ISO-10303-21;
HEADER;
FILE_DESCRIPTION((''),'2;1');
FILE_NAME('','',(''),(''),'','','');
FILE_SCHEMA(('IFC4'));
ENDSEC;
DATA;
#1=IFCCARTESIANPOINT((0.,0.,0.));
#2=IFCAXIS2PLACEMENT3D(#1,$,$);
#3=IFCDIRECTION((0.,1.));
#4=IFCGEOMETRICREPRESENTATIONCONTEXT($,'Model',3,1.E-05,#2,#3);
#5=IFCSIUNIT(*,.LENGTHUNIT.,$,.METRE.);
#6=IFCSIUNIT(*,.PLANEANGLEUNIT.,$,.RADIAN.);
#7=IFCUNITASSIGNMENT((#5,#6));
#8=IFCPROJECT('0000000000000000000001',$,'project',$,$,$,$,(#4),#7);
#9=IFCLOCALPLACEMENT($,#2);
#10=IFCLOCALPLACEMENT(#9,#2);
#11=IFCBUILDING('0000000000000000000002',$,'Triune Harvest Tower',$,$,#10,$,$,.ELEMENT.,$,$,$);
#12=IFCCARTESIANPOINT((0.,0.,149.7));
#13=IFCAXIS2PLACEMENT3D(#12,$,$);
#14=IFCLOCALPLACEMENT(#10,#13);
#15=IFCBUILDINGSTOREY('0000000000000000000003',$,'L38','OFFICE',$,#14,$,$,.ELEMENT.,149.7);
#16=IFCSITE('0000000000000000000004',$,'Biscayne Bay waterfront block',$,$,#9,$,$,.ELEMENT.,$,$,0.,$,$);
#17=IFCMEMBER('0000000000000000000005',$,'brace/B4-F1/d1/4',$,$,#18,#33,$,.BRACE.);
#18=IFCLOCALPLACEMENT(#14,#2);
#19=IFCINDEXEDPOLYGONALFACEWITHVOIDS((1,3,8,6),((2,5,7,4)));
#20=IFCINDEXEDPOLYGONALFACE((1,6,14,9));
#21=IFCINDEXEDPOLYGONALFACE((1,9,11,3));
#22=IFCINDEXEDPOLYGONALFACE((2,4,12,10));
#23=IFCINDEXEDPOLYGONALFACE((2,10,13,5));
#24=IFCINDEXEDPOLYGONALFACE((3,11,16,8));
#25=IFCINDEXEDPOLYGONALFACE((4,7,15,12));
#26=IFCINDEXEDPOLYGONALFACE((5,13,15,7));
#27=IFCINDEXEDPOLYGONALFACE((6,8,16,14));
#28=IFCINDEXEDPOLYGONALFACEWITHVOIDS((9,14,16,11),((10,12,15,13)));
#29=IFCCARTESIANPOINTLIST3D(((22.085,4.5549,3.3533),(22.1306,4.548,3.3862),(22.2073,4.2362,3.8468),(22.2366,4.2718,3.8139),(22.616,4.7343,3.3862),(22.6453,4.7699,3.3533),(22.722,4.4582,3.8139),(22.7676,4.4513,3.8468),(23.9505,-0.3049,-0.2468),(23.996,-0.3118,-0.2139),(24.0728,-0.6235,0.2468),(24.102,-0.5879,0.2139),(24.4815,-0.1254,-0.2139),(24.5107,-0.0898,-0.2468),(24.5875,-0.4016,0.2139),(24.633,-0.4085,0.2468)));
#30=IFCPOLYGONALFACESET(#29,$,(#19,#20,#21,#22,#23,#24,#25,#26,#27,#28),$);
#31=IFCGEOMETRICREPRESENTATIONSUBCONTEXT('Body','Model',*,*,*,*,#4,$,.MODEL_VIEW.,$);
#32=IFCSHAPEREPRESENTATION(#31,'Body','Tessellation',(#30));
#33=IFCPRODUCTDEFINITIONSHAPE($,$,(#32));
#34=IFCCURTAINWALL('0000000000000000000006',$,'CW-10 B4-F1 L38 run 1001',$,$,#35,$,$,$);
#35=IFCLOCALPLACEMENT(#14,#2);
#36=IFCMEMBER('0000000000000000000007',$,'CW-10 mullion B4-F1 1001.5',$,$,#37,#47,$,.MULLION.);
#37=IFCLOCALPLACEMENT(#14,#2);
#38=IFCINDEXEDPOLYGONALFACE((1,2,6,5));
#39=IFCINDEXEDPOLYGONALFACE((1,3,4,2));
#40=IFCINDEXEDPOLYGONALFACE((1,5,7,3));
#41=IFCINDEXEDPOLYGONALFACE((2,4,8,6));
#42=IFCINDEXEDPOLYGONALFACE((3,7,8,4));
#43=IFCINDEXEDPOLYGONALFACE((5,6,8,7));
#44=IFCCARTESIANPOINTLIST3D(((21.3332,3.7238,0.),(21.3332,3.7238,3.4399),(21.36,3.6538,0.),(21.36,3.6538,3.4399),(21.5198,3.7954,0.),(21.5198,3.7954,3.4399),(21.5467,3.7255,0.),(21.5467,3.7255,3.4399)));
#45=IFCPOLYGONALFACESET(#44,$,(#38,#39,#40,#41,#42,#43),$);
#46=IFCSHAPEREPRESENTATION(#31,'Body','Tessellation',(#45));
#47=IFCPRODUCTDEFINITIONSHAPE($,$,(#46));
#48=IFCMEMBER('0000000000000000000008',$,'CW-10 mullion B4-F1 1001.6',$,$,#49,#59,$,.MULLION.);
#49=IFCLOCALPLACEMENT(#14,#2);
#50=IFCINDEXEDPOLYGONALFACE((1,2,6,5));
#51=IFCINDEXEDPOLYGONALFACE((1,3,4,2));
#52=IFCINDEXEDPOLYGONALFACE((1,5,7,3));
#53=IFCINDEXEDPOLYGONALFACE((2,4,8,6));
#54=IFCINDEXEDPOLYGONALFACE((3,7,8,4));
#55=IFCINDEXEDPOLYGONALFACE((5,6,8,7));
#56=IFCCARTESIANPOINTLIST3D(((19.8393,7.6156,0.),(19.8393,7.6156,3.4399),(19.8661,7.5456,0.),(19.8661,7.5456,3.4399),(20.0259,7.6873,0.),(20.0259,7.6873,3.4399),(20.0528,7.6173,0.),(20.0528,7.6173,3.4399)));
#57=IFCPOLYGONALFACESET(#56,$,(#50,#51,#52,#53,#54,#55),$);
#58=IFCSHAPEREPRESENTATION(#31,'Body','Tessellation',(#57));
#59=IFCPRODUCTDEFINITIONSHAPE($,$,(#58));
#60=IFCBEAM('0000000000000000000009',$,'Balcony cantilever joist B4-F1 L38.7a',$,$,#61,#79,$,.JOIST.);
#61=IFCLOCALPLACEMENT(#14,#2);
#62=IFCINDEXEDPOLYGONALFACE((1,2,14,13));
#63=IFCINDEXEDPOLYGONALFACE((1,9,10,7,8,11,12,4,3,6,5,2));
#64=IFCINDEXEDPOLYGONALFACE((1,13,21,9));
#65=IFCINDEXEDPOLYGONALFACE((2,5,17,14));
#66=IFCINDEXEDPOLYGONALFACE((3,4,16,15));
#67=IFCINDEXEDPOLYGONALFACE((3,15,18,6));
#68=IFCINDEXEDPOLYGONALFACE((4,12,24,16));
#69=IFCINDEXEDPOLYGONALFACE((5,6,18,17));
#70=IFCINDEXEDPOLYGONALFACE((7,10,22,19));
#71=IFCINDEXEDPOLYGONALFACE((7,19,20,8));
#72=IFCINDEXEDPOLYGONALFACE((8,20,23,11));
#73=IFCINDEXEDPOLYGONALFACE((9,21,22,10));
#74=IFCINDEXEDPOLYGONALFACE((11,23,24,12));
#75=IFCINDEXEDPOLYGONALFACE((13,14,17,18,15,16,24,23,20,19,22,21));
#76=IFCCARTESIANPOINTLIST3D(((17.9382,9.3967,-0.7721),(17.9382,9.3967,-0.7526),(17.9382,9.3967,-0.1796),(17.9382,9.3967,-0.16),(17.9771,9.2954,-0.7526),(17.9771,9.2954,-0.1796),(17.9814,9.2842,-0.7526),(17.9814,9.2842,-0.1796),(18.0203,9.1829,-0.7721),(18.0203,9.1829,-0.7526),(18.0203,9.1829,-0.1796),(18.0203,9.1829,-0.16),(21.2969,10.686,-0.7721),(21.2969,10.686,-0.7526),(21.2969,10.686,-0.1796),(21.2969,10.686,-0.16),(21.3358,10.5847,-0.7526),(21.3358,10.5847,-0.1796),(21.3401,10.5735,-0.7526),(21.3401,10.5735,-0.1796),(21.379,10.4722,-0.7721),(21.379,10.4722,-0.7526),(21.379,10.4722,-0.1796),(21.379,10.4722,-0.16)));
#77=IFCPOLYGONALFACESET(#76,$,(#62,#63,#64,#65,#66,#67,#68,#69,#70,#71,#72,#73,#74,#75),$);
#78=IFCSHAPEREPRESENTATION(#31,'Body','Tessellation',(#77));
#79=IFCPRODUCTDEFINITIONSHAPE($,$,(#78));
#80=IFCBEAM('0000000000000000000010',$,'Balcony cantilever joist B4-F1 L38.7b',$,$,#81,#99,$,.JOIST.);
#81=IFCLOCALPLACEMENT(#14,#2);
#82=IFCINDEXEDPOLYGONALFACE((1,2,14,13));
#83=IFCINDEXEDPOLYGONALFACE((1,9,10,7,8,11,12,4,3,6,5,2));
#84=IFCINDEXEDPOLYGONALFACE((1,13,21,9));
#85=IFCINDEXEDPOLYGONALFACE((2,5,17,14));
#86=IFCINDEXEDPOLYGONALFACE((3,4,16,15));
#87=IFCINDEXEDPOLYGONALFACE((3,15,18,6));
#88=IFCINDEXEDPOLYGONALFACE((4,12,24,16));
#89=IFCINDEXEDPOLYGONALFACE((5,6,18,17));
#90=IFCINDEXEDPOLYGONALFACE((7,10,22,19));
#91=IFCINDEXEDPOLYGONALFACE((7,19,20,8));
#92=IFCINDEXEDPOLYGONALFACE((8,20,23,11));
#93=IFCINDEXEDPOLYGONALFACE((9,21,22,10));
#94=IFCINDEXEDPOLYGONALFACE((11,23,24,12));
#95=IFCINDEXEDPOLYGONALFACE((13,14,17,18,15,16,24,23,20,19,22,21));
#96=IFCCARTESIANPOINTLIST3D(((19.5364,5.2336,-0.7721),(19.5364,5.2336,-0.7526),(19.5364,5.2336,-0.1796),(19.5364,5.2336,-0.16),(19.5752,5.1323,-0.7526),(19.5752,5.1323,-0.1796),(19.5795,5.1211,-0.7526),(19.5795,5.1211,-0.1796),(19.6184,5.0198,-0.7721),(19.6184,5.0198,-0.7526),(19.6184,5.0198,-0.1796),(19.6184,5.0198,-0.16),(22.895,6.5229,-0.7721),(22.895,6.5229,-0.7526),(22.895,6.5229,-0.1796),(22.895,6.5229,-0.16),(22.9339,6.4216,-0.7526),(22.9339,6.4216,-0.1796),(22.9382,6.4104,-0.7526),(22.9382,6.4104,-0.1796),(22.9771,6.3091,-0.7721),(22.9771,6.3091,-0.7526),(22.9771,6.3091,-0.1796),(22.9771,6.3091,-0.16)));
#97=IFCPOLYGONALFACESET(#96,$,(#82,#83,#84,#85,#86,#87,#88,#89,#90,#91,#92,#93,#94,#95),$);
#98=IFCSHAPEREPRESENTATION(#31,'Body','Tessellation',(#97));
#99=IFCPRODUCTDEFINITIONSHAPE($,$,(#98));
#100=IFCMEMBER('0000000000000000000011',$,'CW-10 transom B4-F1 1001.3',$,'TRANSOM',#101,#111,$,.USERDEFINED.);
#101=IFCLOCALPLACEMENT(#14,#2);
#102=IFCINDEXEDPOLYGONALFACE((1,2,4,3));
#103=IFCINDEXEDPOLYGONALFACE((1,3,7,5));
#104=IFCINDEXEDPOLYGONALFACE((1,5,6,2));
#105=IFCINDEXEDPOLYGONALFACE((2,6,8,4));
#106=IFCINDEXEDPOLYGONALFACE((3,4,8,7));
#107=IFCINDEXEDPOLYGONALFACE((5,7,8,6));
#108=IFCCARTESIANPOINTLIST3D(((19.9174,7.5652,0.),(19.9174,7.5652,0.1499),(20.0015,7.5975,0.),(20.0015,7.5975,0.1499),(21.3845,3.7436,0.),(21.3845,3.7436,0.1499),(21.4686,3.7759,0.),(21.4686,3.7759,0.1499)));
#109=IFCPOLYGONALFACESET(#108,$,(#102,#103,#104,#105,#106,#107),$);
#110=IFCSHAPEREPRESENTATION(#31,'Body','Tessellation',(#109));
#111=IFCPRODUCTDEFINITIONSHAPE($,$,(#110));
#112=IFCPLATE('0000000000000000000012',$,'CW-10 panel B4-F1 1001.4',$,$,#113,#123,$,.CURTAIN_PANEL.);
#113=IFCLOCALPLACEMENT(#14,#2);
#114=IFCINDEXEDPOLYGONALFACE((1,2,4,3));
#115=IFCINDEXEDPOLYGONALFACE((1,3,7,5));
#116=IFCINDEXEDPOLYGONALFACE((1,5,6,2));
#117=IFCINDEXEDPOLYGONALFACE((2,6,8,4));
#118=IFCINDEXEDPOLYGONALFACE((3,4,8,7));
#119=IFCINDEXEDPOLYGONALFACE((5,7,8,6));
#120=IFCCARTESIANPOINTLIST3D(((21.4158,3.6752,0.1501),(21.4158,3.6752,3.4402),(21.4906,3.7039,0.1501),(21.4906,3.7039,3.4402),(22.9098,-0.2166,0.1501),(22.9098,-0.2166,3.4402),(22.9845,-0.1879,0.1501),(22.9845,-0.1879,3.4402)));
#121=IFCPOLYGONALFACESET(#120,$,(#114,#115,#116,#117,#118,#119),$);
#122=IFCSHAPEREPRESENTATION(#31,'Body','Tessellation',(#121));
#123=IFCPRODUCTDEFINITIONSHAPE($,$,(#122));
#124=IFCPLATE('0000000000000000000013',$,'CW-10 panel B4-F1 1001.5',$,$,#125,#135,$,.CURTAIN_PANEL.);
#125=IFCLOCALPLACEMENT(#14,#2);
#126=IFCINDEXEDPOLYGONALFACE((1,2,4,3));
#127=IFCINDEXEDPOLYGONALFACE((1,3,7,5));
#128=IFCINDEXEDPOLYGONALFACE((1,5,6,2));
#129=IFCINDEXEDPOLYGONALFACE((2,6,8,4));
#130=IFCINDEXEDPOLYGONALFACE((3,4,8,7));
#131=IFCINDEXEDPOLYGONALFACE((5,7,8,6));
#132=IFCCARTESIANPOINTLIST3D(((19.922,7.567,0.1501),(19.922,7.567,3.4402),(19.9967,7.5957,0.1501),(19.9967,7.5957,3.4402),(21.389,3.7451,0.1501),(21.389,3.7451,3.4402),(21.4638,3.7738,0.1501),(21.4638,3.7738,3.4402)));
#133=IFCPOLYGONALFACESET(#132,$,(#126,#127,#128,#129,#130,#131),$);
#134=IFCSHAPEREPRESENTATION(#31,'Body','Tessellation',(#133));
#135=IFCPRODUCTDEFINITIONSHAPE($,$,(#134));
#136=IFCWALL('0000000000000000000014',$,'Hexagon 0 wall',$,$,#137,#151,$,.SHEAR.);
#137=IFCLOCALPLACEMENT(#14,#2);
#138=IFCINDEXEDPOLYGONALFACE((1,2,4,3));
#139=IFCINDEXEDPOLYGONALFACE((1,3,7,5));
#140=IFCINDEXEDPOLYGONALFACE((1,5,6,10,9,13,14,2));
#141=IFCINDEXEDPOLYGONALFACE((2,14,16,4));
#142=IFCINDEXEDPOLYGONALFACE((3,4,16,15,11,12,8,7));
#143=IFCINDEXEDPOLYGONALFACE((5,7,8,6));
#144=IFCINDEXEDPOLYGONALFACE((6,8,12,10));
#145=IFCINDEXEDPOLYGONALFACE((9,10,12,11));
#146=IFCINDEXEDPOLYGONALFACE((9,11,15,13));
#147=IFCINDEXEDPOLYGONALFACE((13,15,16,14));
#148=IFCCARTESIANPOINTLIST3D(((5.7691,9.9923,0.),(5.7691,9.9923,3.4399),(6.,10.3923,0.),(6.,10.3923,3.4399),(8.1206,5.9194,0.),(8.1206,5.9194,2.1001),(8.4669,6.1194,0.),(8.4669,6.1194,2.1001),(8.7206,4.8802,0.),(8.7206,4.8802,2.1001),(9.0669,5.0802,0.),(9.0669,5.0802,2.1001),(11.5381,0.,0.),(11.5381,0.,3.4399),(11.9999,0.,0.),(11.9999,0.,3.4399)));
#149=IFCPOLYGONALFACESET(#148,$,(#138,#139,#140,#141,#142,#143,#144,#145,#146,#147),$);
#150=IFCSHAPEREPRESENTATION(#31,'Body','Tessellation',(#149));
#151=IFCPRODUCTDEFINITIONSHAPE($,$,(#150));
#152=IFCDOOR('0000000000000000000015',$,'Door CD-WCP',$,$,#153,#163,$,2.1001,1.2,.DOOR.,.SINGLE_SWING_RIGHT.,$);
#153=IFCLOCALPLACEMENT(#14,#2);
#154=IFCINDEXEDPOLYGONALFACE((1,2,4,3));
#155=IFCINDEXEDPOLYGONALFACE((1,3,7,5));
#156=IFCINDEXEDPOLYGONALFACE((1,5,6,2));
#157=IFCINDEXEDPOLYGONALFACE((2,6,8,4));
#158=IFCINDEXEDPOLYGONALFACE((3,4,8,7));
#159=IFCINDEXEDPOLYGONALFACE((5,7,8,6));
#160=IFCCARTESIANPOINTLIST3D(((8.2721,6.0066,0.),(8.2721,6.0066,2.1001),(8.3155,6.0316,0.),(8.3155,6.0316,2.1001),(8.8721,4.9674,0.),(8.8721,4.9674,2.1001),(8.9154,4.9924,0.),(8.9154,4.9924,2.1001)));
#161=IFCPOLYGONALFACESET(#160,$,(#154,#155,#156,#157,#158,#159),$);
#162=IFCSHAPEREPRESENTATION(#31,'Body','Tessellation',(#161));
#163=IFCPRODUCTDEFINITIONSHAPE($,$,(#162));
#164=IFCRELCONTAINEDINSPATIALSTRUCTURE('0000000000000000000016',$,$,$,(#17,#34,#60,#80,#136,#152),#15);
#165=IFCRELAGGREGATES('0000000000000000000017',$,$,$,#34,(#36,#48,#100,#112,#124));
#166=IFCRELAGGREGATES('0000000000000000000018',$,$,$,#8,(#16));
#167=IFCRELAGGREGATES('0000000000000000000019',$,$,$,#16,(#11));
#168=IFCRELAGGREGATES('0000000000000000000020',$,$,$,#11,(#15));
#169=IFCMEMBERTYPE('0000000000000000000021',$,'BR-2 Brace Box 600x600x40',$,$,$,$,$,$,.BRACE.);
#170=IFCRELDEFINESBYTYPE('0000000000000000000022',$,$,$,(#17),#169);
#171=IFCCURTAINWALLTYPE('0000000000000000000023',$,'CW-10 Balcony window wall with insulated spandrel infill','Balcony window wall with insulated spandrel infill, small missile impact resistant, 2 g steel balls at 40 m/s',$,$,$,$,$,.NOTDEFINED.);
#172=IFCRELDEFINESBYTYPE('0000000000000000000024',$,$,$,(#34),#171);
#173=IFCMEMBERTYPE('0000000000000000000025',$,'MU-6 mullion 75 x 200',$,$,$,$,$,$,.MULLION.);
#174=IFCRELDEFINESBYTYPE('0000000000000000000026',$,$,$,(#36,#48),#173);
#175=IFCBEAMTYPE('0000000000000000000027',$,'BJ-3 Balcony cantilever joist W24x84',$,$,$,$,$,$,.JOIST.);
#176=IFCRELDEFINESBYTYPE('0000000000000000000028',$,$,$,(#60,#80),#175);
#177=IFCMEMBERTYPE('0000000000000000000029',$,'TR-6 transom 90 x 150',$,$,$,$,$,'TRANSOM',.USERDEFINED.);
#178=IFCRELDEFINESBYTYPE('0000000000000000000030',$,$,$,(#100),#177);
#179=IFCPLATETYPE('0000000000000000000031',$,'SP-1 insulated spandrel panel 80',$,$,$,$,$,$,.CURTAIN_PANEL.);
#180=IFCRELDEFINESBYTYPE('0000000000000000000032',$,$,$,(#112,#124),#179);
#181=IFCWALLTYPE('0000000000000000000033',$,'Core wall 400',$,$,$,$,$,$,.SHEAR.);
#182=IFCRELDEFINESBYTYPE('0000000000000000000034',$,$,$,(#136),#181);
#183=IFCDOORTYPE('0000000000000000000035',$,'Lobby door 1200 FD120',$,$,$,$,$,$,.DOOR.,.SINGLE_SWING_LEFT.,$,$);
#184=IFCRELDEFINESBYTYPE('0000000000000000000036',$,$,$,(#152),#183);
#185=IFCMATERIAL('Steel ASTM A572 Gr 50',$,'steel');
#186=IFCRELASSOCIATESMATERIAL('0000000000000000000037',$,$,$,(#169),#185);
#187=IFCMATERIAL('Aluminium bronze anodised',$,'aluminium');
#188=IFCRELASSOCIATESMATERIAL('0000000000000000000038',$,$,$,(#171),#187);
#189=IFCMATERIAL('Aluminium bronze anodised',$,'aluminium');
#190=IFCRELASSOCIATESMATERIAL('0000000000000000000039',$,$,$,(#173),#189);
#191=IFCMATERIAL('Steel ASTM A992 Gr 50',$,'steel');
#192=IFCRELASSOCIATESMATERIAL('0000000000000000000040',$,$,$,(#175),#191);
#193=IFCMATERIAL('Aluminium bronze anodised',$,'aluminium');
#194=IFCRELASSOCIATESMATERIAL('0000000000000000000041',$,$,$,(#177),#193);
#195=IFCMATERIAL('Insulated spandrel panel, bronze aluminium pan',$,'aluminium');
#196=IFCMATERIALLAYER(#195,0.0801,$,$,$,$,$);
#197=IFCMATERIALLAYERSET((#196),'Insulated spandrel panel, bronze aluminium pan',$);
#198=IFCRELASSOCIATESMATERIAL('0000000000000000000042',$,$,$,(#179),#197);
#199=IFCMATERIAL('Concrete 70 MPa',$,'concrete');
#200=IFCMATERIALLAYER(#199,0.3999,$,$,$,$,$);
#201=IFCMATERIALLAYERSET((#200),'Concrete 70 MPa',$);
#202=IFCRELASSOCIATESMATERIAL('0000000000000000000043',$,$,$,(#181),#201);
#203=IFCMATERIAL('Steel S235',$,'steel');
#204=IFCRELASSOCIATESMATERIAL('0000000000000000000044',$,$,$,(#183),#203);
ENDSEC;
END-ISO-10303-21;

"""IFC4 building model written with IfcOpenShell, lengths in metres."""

from ifc_helpers import new_model, si_unit, direction, frame, frame_2d, origin, origin_2d, place, context, subcontext, project, spatial, polyline, rectangle, hollow_rectangle, i_section, outline, extrude, source, transform, mapped, material, layer, layer_set, material_profile, profile_set, type_object, element, fill, aggregate, save


model = new_model("IFC4")

# Units and contexts
model_context = context("Model", 3, precision=1e-05, world=origin(), true_north=direction((0.0, 1.0)))
body_context = subcontext(model_context, "Body", "Model", "MODEL_VIEW")
ifc_project = project(units=[si_unit("LENGTHUNIT", "METRE"), si_unit("PLANEANGLEUNIT", "RADIAN")], contexts=[model_context])

# Site, building, storey
site_placement = place(None, origin())
site = spatial("IfcSite", under=ifc_project, at=site_placement, Name="Biscayne Bay waterfront block", CompositionType="ELEMENT", RefElevation=0.0)
building_placement = place(site_placement, origin())
building = spatial("IfcBuilding", under=site, at=building_placement, Name="Triune Harvest Tower", CompositionType="ELEMENT")
storey_placement = place(building_placement, frame((0.0, 0.0, 149.7)))
storey = spatial("IfcBuildingStorey", under=building, at=storey_placement, Name="L38", Description="OFFICE", CompositionType="ELEMENT", Elevation=149.7)

# Member
ifc_material_1 = material(Name="Steel ASTM A572 Gr 50", Category="steel")
ifc_material_profile_1 = material_profile(ifc_material_1, hollow_rectangle(XDim=0.6001, YDim=0.6001, WallThickness=0.04, at=origin_2d()), Name="Box 600x600x40")
ifc_profile_set_1 = profile_set([ifc_material_profile_1], Name="Steel ASTM A572 Gr 50")
member_type_1 = type_object("IfcMemberType", Name="BR-2 Brace Box 600x600x40", PredefinedType="BRACE", material=ifc_profile_set_1)
shared_shape_1 = source(origin(), body_context, "Body", "SweptSolid", [
    extrude(hollow_rectangle(XDim=0.6001, YDim=0.6001, WallThickness=0.04, at=origin_2d()), origin(), (0.0, 0.0, 1.0), 6.3291),
])
member_1_placement = place(storey_placement, frame((24.2917, -0.3567, 0.0), z_axis=(-0.294741, 0.767846, 0.568806), x_axis=(-0.933584, -0.35836, 0.0)))
element("IfcMember", 1, at=member_1_placement, inside=storey, type_object=member_type_1, Name="brace/B4-F1/d1/4", PredefinedType="BRACE", context=body_context, shape_type="MappedRepresentation", body=[
    mapped(shared_shape_1, transform((0.0, 0.0, 0.0), scale=1.0)),
])

# Curtain wall, members
ifc_material_2 = material(Name="Aluminium bronze anodised", Category="aluminium")
curtain_wall_type = type_object("IfcCurtainWallType", Name="CW-10 Balcony window wall with insulated spandrel infill", Description="Balcony window wall with insulated spandrel infill, small missile impact resistant, 2 g steel balls at 40 m/s", PredefinedType="NOTDEFINED", material=ifc_material_2)
curtain_wall_placement = place(storey_placement, origin())
curtain_wall = element("IfcCurtainWall", 2, at=curtain_wall_placement, inside=storey, type_object=curtain_wall_type, Name="CW-10 B4-F1 L38 run 1001")
ifc_material_3 = material(Name="Aluminium bronze anodised", Category="aluminium")
ifc_material_profile_2 = material_profile(ifc_material_3, rectangle(XDim=0.2, YDim=0.075, at=origin_2d()), Name="MU-6 mullion 75 x 200")
ifc_profile_set_2 = profile_set([ifc_material_profile_2], Name="Aluminium bronze anodised")
member_type_2 = type_object("IfcMemberType", Name="MU-6 mullion 75 x 200", PredefinedType="MULLION", material=ifc_profile_set_2)
shared_shape_2 = source(origin(), body_context, "Body", "SweptSolid", [
    extrude(rectangle(XDim=0.2, YDim=0.075, at=origin_2d()), origin(), (0.0, 0.0, 1.0), 3.4399),
])
member_2_placement = place(storey_placement, frame((21.4399, 3.7246, 0.0), z_axis=(0.0, 0.0, 1.0), x_axis=(-0.93358, -0.35837, 0.0)))
member_2 = element("IfcMember", 3, at=member_2_placement, type_object=member_type_2, Name="CW-10 mullion B4-F1 1001.5", PredefinedType="MULLION", context=body_context, shape_type="MappedRepresentation", body=[
    mapped(shared_shape_2, transform((0.0, 0.0, 0.0), scale=1.0)),
])
member_3_placement = place(storey_placement, frame((19.946, 7.6165, 0.0), z_axis=(0.0, 0.0, 1.0), x_axis=(-0.93358, -0.35837, 0.0)))
member_3 = element("IfcMember", 4, at=member_3_placement, type_object=member_type_2, Name="CW-10 mullion B4-F1 1001.6", PredefinedType="MULLION", context=body_context, shape_type="MappedRepresentation", body=[
    mapped(shared_shape_2, transform((0.0, 0.0, 0.0), scale=1.0)),
])

# Beams
ifc_material_4 = material(Name="Steel ASTM A992 Gr 50", Category="steel")
ifc_material_profile_3 = material_profile(ifc_material_4, i_section(OverallWidth=0.229, OverallDepth=0.6121, WebThickness=0.012, FlangeThickness=0.0195, at=origin_2d()), Name="W24x84")
ifc_profile_set_3 = profile_set([ifc_material_profile_3], Name="Steel ASTM A992 Gr 50")
beam_type_1 = type_object("IfcBeamType", Name="BJ-3 Balcony cantilever joist W24x84", PredefinedType="JOIST", material=ifc_profile_set_3)
shared_shape_3 = source(origin(), body_context, "Body", "SweptSolid", [
    extrude(i_section(OverallWidth=0.229, OverallDepth=0.6121, WebThickness=0.012, FlangeThickness=0.0195, at=origin_2d()), origin(), (0.0, 0.0, 1.0), 3.5977),
])
for number, where, z_axis, x_axis, name in (
    (5, (17.9792, 9.2898, -0.4661), (0.933576, 0.358379, 0.0), (-0.358379, 0.933576, 0.0), "Balcony cantilever joist B4-F1 L38.7a"),
    (6, (19.5774, 5.1267, -0.4661), (0.933576, 0.358379, 0.0), (-0.358379, 0.933576, 0.0), "Balcony cantilever joist B4-F1 L38.7b"),
):
    element("IfcBeam", number, at=place(storey_placement, frame(where, z_axis=z_axis, x_axis=x_axis)), inside=storey, type_object=beam_type_1, Name=name, PredefinedType="JOIST", context=body_context, shape_type="MappedRepresentation", body=[
        mapped(shared_shape_3, transform((0.0, 0.0, 0.0), scale=1.0)),
    ])

# Member
ifc_material_5 = material(Name="Aluminium bronze anodised", Category="aluminium")
ifc_material_profile_4 = material_profile(ifc_material_5, rectangle(XDim=0.0901, YDim=0.1499, at=origin_2d()), Name="TR-6 transom 90 x 150")
ifc_profile_set_4 = profile_set([ifc_material_profile_4], Name="Aluminium bronze anodised")
member_type_3 = type_object("IfcMemberType", Name="TR-6 transom 90 x 150", ElementType="TRANSOM", PredefinedType="USERDEFINED", material=ifc_profile_set_4)
shared_shape_4 = source(origin(), body_context, "Body", "SweptSolid", [
    extrude(rectangle(XDim=0.0901, YDim=0.1499, at=origin_2d()), origin(), (0.0, 0.0, 1.0), 4.0935),
])
member_4_placement = place(storey_placement, frame((21.4265, 3.7598, 0.075), z_axis=(-0.358388, 0.933573, 0.0), x_axis=(-0.933573, -0.358388, 0.0)))
member_4 = element("IfcMember", 7, at=member_4_placement, type_object=member_type_3, Name="CW-10 transom B4-F1 1001.3", ObjectType="TRANSOM", PredefinedType="USERDEFINED", context=body_context, shape_type="MappedRepresentation", body=[
    mapped(shared_shape_4, transform((0.0, 0.0, 0.0), scale=1.0)),
])

# Plates
ifc_material_6 = material(Name="Insulated spandrel panel, bronze aluminium pan", Category="aluminium")
ifc_layer_1 = layer(ifc_material_6, 0.0801)
ifc_layer_set_1 = layer_set([ifc_layer_1], Name="Insulated spandrel panel, bronze aluminium pan")
plate_type = type_object("IfcPlateType", Name="SP-1 insulated spandrel panel 80", PredefinedType="CURTAIN_PANEL", material=ifc_layer_set_1)
shared_shape_5 = source(origin(), body_context, "Body", "SweptSolid", [
    extrude(rectangle(XDim=4.1687, YDim=0.0801, at=origin_2d()), origin(), (0.0, 0.0, 1.0), 3.29),
])
plate_1_placement = place(storey_placement, frame((22.2002, 1.7437, 0.1501), z_axis=(0.0, 0.0, 1.0), x_axis=(-0.35837, 0.93358, 0.0)))
plate_1 = element("IfcPlate", 8, at=plate_1_placement, type_object=plate_type, Name="CW-10 panel B4-F1 1001.4", PredefinedType="CURTAIN_PANEL", context=body_context, shape_type="MappedRepresentation", body=[
    mapped(shared_shape_5, transform((0.0, 0.0, 0.0), scale=1.0)),
])
shared_shape_6 = source(origin(), body_context, "Body", "SweptSolid", [
    extrude(rectangle(XDim=4.0938, YDim=0.0801, at=origin_2d()), origin(), (0.0, 0.0, 1.0), 3.29),
])
plate_2_placement = place(storey_placement, frame((20.6929, 5.6704, 0.1501), z_axis=(0.0, 0.0, 1.0), x_axis=(-0.35837, 0.93358, 0.0)))
plate_2 = element("IfcPlate", 9, at=plate_2_placement, type_object=plate_type, Name="CW-10 panel B4-F1 1001.5", PredefinedType="CURTAIN_PANEL", context=body_context, shape_type="MappedRepresentation", body=[
    mapped(shared_shape_6, transform((0.0, 0.0, 0.0), scale=1.0)),
])
aggregate(curtain_wall, [member_2, member_3, member_4, plate_1, plate_2])

# Wall, opening, door
ifc_material_7 = material(Name="Concrete 70 MPa", Category="concrete")
ifc_layer_2 = layer(ifc_material_7, 0.3999)
ifc_layer_set_2 = layer_set([ifc_layer_2], Name="Concrete 70 MPa")
wall_type_1 = type_object("IfcWallType", Name="Core wall 400", PredefinedType="SHEAR", material=ifc_layer_set_2)
shared_shape_7 = source(origin(), body_context, "Body", "SweptSolid", [
    extrude(outline(polyline([(-0.1155, -0.2), (11.8845, -0.2), (11.6536, 0.2), (0.1155, 0.2), (-0.1155, -0.2)])), origin(), (0.0, 0.0, 1.0), 3.4399),
])
wall_placement = place(storey_placement, frame((11.769, 0.0, 0.0), z_axis=(0.0, 0.0, 1.0), x_axis=(-0.499997, 0.866027, 0.0)))
wall = element("IfcWall", 10, at=wall_placement, inside=storey, type_object=wall_type_1, Name="Hexagon 0 wall", PredefinedType="SHEAR", context=body_context, shape_type="MappedRepresentation", body=[
    mapped(shared_shape_7, transform((0.0, 0.0, 0.0), scale=1.0)),
])
opening_placement = place(wall_placement, frame((5.7505, 0.0, 0.0)))
opening = element("IfcOpeningElement", 11, at=opening_placement, cuts=wall, PredefinedType="OPENING", context=body_context, shape_type="SweptSolid", body=[
    extrude(rectangle(XDim=1.2, YDim=2.1001, at=frame_2d((0.6001, 1.05))), frame((0.0, 0.21, 0.0), z_axis=(0.0, -1.0, 0.0), x_axis=(1.0, 0.0, 0.0)), (0.0, 0.0, 1.0), 0.4199),
])
ifc_material_8 = material(Name="Steel S235", Category="steel")
door_type = type_object("IfcDoorType", Name="Lobby door 1200 FD120", OperationType="SINGLE_SWING_LEFT", PredefinedType="DOOR", material=ifc_material_8)
door_placement = place(opening_placement, frame((1.2, 0.0, 0.0), z_axis=(0.0, 0.0, 1.0), x_axis=(-1.0, 0.0, 0.0)))
door = element("IfcDoor", 12, at=door_placement, inside=storey, type_object=door_type, Name="Door CD-WCP", OperationType="SINGLE_SWING_RIGHT", OverallHeight=2.1001, OverallWidth=1.2, PredefinedType="DOOR", context=body_context, shape_type="SweptSolid", body=[
    extrude(rectangle(XDim=1.2, YDim=2.1001, at=frame_2d((0.6001, 1.05))), frame((0.0, 0.0249, 0.0), z_axis=(0.0, -1.0, 0.0), x_axis=(1.0, 0.0, 0.0)), (0.0, 0.0, 1.0), 0.05),
])
fill(opening, door)

save(model, "model.ifc")
